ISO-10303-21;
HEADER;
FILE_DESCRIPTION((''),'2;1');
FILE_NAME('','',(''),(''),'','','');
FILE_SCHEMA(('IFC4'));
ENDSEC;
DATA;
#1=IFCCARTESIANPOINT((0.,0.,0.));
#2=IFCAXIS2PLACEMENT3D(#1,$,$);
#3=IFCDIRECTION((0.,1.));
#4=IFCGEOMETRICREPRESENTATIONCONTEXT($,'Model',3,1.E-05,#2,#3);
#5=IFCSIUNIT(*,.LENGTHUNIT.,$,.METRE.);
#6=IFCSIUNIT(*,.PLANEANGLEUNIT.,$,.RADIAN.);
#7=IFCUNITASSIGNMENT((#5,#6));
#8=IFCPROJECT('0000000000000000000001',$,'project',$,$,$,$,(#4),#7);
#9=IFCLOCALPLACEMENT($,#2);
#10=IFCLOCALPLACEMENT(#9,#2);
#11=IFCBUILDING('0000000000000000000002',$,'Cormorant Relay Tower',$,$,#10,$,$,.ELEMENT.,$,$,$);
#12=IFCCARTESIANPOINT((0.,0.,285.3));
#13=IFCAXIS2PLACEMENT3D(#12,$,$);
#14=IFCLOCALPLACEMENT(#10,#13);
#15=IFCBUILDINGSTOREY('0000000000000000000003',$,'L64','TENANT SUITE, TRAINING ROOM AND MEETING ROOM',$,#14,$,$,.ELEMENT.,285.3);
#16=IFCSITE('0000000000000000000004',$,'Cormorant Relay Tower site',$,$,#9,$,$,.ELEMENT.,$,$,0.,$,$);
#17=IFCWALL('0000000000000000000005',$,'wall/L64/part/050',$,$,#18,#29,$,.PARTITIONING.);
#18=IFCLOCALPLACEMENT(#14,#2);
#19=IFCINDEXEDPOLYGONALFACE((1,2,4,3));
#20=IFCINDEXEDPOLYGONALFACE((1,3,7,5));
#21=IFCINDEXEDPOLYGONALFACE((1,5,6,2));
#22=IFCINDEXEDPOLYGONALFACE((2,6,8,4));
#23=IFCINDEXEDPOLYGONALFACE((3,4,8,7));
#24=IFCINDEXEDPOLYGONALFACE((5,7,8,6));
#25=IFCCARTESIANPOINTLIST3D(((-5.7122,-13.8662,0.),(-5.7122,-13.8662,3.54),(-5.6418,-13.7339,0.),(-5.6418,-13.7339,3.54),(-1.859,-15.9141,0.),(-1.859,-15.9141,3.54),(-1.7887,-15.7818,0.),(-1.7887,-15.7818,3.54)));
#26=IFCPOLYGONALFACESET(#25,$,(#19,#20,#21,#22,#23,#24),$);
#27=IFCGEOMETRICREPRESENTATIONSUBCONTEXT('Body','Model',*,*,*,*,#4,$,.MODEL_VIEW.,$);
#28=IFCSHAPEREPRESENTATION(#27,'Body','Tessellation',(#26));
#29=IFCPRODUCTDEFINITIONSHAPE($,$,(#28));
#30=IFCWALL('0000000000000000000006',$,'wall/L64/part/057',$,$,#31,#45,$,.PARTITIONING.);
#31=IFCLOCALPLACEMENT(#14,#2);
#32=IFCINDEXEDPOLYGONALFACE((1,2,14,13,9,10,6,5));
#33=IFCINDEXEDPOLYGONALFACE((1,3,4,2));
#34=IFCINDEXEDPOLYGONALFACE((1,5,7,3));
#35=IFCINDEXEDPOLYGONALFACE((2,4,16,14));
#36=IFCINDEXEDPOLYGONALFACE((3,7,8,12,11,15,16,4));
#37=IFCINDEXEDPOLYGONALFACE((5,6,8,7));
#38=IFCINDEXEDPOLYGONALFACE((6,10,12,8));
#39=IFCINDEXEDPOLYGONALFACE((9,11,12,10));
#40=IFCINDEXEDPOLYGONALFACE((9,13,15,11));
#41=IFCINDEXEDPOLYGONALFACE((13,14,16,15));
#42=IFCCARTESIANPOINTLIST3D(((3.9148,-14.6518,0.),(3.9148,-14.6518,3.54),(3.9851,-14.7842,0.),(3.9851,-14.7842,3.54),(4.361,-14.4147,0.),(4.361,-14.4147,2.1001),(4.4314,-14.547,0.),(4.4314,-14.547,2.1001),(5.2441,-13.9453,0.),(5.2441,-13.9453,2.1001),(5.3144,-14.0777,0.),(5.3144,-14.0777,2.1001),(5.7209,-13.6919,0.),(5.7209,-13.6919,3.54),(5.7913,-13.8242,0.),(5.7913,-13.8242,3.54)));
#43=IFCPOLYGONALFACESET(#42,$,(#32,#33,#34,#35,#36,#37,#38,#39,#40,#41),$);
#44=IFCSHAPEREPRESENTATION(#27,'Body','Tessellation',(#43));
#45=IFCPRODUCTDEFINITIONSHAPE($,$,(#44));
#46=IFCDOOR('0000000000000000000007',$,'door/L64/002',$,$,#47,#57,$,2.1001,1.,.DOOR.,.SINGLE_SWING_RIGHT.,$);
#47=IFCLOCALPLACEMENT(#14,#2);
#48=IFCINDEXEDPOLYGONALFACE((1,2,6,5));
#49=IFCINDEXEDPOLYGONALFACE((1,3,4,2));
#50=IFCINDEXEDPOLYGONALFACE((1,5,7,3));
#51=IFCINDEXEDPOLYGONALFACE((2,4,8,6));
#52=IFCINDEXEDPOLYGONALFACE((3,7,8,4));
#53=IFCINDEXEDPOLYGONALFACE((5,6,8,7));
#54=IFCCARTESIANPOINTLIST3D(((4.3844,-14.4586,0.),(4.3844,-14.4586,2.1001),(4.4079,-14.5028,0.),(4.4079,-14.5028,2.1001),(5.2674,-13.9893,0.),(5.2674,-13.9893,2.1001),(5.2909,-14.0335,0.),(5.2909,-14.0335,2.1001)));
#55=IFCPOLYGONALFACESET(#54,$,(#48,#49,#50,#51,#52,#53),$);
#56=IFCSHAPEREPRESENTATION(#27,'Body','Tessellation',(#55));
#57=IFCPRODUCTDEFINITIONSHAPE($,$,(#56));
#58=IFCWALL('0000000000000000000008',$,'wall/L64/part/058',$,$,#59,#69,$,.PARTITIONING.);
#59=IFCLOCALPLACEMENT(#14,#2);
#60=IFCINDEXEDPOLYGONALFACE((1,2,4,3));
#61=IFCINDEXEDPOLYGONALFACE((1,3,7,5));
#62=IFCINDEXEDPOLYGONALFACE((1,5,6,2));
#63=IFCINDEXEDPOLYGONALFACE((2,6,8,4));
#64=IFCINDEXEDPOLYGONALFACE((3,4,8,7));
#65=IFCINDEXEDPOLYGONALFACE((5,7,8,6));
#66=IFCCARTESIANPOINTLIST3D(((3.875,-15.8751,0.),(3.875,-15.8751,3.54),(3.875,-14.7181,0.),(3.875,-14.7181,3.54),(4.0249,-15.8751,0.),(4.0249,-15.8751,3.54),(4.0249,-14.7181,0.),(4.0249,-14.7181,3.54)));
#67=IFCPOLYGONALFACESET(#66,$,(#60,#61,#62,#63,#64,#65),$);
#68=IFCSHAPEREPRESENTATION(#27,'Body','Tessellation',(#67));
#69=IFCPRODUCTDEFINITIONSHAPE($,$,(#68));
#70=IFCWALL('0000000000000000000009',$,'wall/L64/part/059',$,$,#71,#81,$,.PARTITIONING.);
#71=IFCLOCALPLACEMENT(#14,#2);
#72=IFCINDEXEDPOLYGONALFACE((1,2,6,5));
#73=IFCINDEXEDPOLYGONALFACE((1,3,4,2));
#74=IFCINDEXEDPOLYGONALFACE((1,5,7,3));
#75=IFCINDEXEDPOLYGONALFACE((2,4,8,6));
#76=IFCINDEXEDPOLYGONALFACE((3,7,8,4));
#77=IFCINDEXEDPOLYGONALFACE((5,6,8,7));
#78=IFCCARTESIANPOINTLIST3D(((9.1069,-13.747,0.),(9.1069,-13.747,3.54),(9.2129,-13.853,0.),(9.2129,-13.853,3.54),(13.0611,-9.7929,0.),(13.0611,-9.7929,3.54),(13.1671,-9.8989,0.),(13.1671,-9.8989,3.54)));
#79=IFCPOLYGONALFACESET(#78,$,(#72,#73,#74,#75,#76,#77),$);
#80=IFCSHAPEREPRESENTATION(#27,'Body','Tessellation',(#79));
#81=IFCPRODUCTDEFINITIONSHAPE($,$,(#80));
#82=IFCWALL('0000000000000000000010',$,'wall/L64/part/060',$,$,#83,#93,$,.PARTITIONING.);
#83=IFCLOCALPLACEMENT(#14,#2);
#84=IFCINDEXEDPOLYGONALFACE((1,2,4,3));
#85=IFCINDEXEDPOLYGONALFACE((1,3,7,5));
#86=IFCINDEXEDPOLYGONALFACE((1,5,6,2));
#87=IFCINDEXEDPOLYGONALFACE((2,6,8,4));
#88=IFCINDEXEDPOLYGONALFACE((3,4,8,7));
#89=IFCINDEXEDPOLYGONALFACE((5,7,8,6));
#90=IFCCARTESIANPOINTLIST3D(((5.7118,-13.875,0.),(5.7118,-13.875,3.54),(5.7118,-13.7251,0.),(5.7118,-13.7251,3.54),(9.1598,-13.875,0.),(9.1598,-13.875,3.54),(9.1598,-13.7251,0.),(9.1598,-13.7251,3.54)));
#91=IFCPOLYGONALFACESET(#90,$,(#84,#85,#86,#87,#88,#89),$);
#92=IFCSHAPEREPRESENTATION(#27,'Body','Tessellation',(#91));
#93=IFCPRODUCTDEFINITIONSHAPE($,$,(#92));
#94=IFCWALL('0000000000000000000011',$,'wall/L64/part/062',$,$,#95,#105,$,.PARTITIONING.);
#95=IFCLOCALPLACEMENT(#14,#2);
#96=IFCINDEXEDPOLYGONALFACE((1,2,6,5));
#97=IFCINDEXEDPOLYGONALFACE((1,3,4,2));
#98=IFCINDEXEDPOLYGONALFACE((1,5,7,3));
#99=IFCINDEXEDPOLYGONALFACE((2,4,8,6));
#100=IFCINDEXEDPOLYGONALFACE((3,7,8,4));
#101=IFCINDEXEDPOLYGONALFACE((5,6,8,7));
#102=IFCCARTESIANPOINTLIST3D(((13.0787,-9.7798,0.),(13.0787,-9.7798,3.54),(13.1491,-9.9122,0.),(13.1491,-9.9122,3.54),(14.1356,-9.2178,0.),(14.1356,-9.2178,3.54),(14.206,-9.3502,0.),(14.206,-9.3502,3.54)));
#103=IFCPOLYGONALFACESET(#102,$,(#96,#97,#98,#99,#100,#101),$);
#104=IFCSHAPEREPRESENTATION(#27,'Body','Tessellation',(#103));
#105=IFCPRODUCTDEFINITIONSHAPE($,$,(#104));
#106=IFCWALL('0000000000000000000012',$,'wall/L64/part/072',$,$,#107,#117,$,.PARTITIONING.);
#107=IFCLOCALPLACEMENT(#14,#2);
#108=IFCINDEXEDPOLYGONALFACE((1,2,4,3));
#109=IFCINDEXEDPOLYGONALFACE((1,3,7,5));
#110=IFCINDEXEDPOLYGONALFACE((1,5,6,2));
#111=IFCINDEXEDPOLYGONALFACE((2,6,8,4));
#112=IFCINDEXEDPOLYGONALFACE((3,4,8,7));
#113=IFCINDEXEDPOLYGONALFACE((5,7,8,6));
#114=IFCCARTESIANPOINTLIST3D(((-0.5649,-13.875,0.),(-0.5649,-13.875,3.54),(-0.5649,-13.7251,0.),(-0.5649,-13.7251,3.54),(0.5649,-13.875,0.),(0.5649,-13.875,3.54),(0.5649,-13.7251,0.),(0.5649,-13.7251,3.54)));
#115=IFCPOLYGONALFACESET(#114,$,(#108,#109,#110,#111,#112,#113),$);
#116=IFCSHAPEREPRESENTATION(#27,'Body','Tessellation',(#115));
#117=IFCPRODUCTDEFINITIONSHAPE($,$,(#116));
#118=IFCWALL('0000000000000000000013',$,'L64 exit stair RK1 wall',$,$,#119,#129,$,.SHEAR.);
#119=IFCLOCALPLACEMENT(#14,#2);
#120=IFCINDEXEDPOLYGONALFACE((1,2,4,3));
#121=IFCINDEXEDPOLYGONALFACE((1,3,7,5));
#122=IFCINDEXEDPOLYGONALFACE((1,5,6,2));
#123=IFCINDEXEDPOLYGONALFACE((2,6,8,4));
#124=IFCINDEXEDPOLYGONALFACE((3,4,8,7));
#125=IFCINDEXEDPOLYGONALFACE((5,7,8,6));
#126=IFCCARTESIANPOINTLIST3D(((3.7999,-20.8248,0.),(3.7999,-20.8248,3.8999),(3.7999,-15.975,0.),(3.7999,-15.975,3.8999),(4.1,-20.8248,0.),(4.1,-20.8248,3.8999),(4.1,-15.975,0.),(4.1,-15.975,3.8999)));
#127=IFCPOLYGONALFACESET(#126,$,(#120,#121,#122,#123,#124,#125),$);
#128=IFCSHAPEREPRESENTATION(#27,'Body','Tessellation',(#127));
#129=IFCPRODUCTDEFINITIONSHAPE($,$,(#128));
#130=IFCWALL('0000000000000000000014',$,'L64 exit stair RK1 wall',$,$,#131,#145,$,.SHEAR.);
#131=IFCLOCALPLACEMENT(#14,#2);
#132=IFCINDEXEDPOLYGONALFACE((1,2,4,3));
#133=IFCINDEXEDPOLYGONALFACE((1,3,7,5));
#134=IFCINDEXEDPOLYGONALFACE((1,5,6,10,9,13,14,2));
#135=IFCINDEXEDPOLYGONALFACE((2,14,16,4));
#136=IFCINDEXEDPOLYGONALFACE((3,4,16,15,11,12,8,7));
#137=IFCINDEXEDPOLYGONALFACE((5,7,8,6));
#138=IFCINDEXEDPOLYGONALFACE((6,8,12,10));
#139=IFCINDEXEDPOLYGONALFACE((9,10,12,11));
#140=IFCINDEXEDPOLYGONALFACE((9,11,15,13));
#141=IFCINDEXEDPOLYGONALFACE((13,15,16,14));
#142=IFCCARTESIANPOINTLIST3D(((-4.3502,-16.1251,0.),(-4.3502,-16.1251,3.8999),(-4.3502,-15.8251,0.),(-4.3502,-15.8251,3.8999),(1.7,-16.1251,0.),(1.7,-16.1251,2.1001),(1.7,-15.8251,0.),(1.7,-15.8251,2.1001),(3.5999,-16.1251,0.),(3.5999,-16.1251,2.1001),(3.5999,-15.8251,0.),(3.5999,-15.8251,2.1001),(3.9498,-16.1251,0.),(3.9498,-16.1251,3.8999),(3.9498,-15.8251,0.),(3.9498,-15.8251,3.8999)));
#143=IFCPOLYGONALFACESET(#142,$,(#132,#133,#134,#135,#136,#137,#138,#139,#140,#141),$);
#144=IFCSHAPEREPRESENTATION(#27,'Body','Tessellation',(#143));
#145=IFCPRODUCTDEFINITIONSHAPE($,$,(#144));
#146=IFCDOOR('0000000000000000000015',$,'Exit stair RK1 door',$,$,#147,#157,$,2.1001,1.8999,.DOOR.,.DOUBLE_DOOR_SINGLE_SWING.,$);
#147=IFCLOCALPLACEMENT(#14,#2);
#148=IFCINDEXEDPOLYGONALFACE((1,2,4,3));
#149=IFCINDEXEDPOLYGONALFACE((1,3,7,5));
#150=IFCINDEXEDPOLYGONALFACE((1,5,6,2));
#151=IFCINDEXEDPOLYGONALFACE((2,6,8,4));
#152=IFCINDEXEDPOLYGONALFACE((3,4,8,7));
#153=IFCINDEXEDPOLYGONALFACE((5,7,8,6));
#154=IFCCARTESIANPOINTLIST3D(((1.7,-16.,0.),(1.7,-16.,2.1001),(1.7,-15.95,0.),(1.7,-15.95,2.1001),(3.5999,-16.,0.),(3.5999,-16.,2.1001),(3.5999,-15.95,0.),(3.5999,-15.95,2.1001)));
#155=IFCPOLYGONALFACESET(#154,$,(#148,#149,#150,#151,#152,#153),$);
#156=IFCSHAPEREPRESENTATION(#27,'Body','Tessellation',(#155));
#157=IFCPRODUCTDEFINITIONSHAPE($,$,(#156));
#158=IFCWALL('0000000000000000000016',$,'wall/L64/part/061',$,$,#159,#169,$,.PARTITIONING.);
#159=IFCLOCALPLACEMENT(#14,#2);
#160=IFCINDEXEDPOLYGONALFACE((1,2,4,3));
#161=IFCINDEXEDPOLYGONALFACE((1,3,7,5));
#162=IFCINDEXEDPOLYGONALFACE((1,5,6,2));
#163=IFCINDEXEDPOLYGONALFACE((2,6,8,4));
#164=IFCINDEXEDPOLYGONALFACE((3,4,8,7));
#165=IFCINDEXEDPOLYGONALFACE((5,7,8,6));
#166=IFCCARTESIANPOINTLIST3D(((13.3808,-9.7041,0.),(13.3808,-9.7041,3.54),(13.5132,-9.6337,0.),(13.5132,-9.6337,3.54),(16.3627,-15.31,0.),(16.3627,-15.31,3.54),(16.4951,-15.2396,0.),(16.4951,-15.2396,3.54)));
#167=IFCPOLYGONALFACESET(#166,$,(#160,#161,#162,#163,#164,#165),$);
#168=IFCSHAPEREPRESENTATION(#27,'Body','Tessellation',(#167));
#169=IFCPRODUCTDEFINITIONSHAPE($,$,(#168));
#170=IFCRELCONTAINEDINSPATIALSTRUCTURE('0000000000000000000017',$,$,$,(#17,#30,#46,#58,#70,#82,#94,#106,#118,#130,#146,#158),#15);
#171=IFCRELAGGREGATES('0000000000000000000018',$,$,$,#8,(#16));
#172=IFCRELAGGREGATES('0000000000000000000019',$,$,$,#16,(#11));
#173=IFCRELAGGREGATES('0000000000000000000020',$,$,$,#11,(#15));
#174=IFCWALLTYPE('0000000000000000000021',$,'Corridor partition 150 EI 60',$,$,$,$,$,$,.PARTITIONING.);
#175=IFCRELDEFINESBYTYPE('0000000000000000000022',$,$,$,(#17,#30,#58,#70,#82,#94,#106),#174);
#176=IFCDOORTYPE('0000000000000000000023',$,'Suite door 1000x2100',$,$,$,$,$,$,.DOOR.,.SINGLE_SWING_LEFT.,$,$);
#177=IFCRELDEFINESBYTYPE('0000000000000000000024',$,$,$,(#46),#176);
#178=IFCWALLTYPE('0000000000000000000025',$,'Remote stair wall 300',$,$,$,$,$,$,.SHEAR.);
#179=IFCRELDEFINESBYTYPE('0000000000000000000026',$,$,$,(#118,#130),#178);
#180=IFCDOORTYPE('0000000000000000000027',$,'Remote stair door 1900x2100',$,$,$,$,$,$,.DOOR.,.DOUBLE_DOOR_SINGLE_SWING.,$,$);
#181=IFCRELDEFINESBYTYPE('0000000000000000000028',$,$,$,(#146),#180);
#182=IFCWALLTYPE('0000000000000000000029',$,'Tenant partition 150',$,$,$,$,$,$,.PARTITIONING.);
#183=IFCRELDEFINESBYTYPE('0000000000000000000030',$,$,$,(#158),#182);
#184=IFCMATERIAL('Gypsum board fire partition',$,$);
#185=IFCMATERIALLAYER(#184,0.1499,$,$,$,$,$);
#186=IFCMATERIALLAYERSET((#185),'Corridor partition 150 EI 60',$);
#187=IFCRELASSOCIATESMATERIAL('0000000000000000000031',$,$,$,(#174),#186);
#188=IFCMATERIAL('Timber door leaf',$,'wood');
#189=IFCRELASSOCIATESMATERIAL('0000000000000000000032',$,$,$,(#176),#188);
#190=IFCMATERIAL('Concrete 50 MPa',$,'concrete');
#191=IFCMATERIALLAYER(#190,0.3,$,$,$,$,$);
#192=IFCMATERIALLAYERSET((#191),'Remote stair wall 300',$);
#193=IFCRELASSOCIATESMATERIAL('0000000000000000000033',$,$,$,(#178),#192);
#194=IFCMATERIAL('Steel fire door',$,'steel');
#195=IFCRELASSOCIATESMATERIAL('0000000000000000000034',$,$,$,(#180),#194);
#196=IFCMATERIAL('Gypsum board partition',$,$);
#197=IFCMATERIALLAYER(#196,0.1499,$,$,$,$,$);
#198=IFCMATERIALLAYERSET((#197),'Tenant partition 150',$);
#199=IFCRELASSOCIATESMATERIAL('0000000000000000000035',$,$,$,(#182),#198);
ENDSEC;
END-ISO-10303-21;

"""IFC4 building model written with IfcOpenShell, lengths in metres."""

from ifc_helpers import new_model, si_unit, direction, frame, frame_2d, origin, place, context, subcontext, project, spatial, rectangle, extrude, material, layer, layer_set, type_object, element, fill, save


model = new_model("IFC4")

# Units and contexts
model_context = context("Model", 3, precision=1e-05, world=origin(), true_north=direction((0.0, 1.0)))
body_context = subcontext(model_context, "Body", "Model", "MODEL_VIEW")
ifc_project = project(units=[si_unit("LENGTHUNIT", "METRE"), si_unit("PLANEANGLEUNIT", "RADIAN")], contexts=[model_context])

# Site, building, storey
site_placement = place(None, origin())
site = spatial("IfcSite", under=ifc_project, at=site_placement, Name="Cormorant Relay Tower site", CompositionType="ELEMENT", RefElevation=0.0)
building_placement = place(site_placement, origin())
building = spatial("IfcBuilding", under=site, at=building_placement, Name="Cormorant Relay Tower", CompositionType="ELEMENT")
storey_placement = place(building_placement, frame((0.0, 0.0, 285.3)))
storey = spatial("IfcBuildingStorey", under=building, at=storey_placement, Name="L64", Description="TENANT SUITE, TRAINING ROOM AND MEETING ROOM", CompositionType="ELEMENT", Elevation=285.3)

# Shared definitions
ifc_material_1 = material(Name="Gypsum board fire partition")
ifc_layer_1 = layer(ifc_material_1, 0.1499)
ifc_layer_set_1 = layer_set([ifc_layer_1], Name="Corridor partition 150 EI 60")
wall_type_1 = type_object("IfcWallType", Name="Corridor partition 150 EI 60", PredefinedType="PARTITIONING", material=ifc_layer_set_1)
ifc_material_2 = material(Name="Timber door leaf", Category="wood")
door_type_1 = type_object("IfcDoorType", Name="Suite door 1000x2100", OperationType="SINGLE_SWING_LEFT", PredefinedType="DOOR", material=ifc_material_2)

# Wall
wall_1_placement = place(storey_placement, frame((-1.824, -15.8479, 0.0), z_axis=(0.0, 0.0, 1.0), x_axis=(-0.883027, 0.469322, 0.0)))
element("IfcWall", 1, at=wall_1_placement, inside=storey, type_object=wall_type_1, Name="wall/L64/part/050", PredefinedType="PARTITIONING", context=body_context, shape_type="SweptSolid", body=[
    extrude(rectangle(XDim=4.3635, YDim=0.1499, at=frame_2d((2.1816, 0.0))), origin(), (0.0, 0.0, 1.0), 3.54),
])

# Wall, opening, door
wall_2_placement = place(storey_placement, frame((5.7561, -13.7581, 0.0), z_axis=(0.0, 0.0, 1.0), x_axis=(-0.883026, -0.469324, 0.0)))
wall_2 = element("IfcWall", 2, at=wall_2_placement, inside=storey, type_object=wall_type_1, Name="wall/L64/part/057", PredefinedType="PARTITIONING", context=body_context, shape_type="SweptSolid", body=[
    extrude(rectangle(XDim=2.0454, YDim=0.1499, at=frame_2d((1.0227, 0.0))), origin(), (0.0, 0.0, 1.0), 3.54),
])
opening_1_placement = place(wall_2_placement, frame((0.54, 0.0, 0.0)))
opening_1 = element("IfcOpeningElement", 3, at=opening_1_placement, cuts=wall_2, PredefinedType="OPENING", context=body_context, shape_type="SweptSolid", body=[
    extrude(rectangle(XDim=1.0, YDim=2.1001, at=frame_2d((0.5, 1.05))), frame((0.0, 0.085, 0.0), z_axis=(0.0, -1.0, 0.0), x_axis=(1.0, 0.0, 0.0)), (0.0, 0.0, 1.0), 0.1699),
])
door_1_placement = place(opening_1_placement, origin())
door_1 = element("IfcDoor", 4, at=door_1_placement, inside=storey, type_object=door_type_1, Name="door/L64/002", OperationType="SINGLE_SWING_RIGHT", OverallHeight=2.1001, OverallWidth=1.0, PredefinedType="DOOR", context=body_context, shape_type="SweptSolid", body=[
    extrude(rectangle(XDim=1.0, YDim=2.1001, at=frame_2d((0.5, 1.05))), frame((0.0, 0.0249, 0.0), z_axis=(0.0, -1.0, 0.0), x_axis=(1.0, 0.0, 0.0)), (0.0, 0.0, 1.0), 0.05),
])
fill(opening_1, door_1)

# Walls
wall_3_placement = place(storey_placement, frame((3.95, -14.718, 0.0), z_axis=(0.0, 0.0, 1.0), x_axis=(0.0, -1.0, 0.0)))
element("IfcWall", 5, at=wall_3_placement, inside=storey, type_object=wall_type_1, Name="wall/L64/part/058", PredefinedType="PARTITIONING", context=body_context, shape_type="SweptSolid", body=[
    extrude(rectangle(XDim=1.157, YDim=0.1499, at=frame_2d((0.5786, 0.0))), origin(), (0.0, 0.0, 1.0), 3.54),
])
wall_4_placement = place(storey_placement, frame((13.114, -9.8459, 0.0), z_axis=(0.0, 0.0, 1.0), x_axis=(-0.707107, -0.707107, 0.0)))
element("IfcWall", 6, at=wall_4_placement, inside=storey, type_object=wall_type_1, Name="wall/L64/part/059", PredefinedType="PARTITIONING", context=body_context, shape_type="SweptSolid", body=[
    extrude(rectangle(XDim=5.592, YDim=0.1499, at=frame_2d((2.7959, 0.0))), origin(), (0.0, 0.0, 1.0), 3.54),
])
wall_5_placement = place(storey_placement, frame((9.1599, -13.8, 0.0), z_axis=(0.0, 0.0, 1.0), x_axis=(-1.0, 0.0, 0.0)))
element("IfcWall", 7, at=wall_5_placement, inside=storey, type_object=wall_type_1, Name="wall/L64/part/060", PredefinedType="PARTITIONING", context=body_context, shape_type="SweptSolid", body=[
    extrude(rectangle(XDim=3.448, YDim=0.1499, at=frame_2d((1.7241, 0.0))), origin(), (0.0, 0.0, 1.0), 3.54),
])
wall_6_placement = place(storey_placement, frame((14.1709, -9.2839, 0.0), z_axis=(0.0, 0.0, 1.0), x_axis=(-0.882928, -0.469508, 0.0)))
element("IfcWall", 8, at=wall_6_placement, inside=storey, type_object=wall_type_1, Name="wall/L64/part/062", PredefinedType="PARTITIONING", context=body_context, shape_type="SweptSolid", body=[
    extrude(rectangle(XDim=1.197, YDim=0.1499, at=frame_2d((0.5986, 0.0))), origin(), (0.0, 0.0, 1.0), 3.54),
])
wall_7_placement = place(storey_placement, frame((0.5649, -13.8, 0.0), z_axis=(0.0, 0.0, 1.0), x_axis=(-1.0, 0.0, 0.0)))
element("IfcWall", 9, at=wall_7_placement, inside=storey, type_object=wall_type_1, Name="wall/L64/part/072", PredefinedType="PARTITIONING", context=body_context, shape_type="SweptSolid", body=[
    extrude(rectangle(XDim=1.1299, YDim=0.1499, at=frame_2d((0.5649, 0.0))), origin(), (0.0, 0.0, 1.0), 3.54),
])
ifc_material_3 = material(Name="Concrete 50 MPa", Category="concrete")
ifc_layer_2 = layer(ifc_material_3, 0.3)
ifc_layer_set_2 = layer_set([ifc_layer_2], Name="Remote stair wall 300")
wall_type_2 = type_object("IfcWallType", Name="Remote stair wall 300", PredefinedType="SHEAR", material=ifc_layer_set_2)
wall_8_placement = place(storey_placement, frame((3.95, -15.9751, 0.0), z_axis=(0.0, 0.0, 1.0), x_axis=(0.0, -1.0, 0.0)))
element("IfcWall", 10, at=wall_8_placement, inside=storey, type_object=wall_type_2, Name="L64 exit stair RK1 wall", PredefinedType="SHEAR", context=body_context, shape_type="SweptSolid", body=[
    extrude(rectangle(XDim=4.8499, YDim=0.3, at=frame_2d((2.4248, 0.0))), origin(), (0.0, 0.0, 1.0), 3.8999),
])

# Wall, opening, door
wall_9_placement = place(storey_placement, frame((-4.3501, -15.9751, 0.0), z_axis=(0.0, 0.0, 1.0), x_axis=(1.0, 0.0, 0.0)))
wall_9 = element("IfcWall", 11, at=wall_9_placement, inside=storey, type_object=wall_type_2, Name="L64 exit stair RK1 wall", PredefinedType="SHEAR", context=body_context, shape_type="SweptSolid", body=[
    extrude(rectangle(XDim=8.3, YDim=0.3, at=frame_2d((4.1499, 0.0))), origin(), (0.0, 0.0, 1.0), 3.8999),
])
opening_2_placement = place(wall_9_placement, frame((6.05, 0.0, 0.0)))
opening_2 = element("IfcOpeningElement", 12, at=opening_2_placement, cuts=wall_9, PredefinedType="OPENING", context=body_context, shape_type="SweptSolid", body=[
    extrude(rectangle(XDim=1.8999, YDim=2.1001, at=frame_2d((0.95, 1.05))), frame((0.0, 0.1599, 0.0), z_axis=(0.0, -1.0, 0.0), x_axis=(1.0, 0.0, 0.0)), (0.0, 0.0, 1.0), 0.3201),
])
ifc_material_4 = material(Name="Steel fire door", Category="steel")
door_type_2 = type_object("IfcDoorType", Name="Remote stair door 1900x2100", OperationType="DOUBLE_DOOR_SINGLE_SWING", PredefinedType="DOOR", material=ifc_material_4)
door_2_placement = place(opening_2_placement, frame((1.8999, 0.0, 0.0), z_axis=(0.0, 0.0, 1.0), x_axis=(-1.0, 0.0, 0.0)))
door_2 = element("IfcDoor", 13, at=door_2_placement, inside=storey, type_object=door_type_2, Name="Exit stair RK1 door", OperationType="DOUBLE_DOOR_SINGLE_SWING", OverallHeight=2.1001, OverallWidth=1.8999, PredefinedType="DOOR", context=body_context, shape_type="SweptSolid", body=[
    extrude(rectangle(XDim=1.8999, YDim=2.1001, at=frame_2d((0.95, 1.05))), frame((0.0, 0.0249, 0.0), z_axis=(0.0, -1.0, 0.0), x_axis=(1.0, 0.0, 0.0)), (0.0, 0.0, 1.0), 0.05),
])
fill(opening_2, door_2)

# Wall
ifc_material_5 = material(Name="Gypsum board partition")
ifc_layer_3 = layer(ifc_material_5, 0.1499)
ifc_layer_set_3 = layer_set([ifc_layer_3], Name="Tenant partition 150")
wall_type_3 = type_object("IfcWallType", Name="Tenant partition 150", PredefinedType="PARTITIONING", material=ifc_layer_set_3)
wall_10_placement = place(storey_placement, frame((13.447, -9.6689, 0.0), z_axis=(0.0, 0.0, 1.0), x_axis=(0.469618, -0.88287, 0.0)))
element("IfcWall", 14, at=wall_10_placement, inside=storey, type_object=wall_type_3, Name="wall/L64/part/061", PredefinedType="PARTITIONING", context=body_context, shape_type="SweptSolid", body=[
    extrude(rectangle(XDim=6.3496, YDim=0.1499, at=frame_2d((3.1748, 0.0))), origin(), (0.0, 0.0, 1.0), 3.54),
])

save(model, "model.ifc")
